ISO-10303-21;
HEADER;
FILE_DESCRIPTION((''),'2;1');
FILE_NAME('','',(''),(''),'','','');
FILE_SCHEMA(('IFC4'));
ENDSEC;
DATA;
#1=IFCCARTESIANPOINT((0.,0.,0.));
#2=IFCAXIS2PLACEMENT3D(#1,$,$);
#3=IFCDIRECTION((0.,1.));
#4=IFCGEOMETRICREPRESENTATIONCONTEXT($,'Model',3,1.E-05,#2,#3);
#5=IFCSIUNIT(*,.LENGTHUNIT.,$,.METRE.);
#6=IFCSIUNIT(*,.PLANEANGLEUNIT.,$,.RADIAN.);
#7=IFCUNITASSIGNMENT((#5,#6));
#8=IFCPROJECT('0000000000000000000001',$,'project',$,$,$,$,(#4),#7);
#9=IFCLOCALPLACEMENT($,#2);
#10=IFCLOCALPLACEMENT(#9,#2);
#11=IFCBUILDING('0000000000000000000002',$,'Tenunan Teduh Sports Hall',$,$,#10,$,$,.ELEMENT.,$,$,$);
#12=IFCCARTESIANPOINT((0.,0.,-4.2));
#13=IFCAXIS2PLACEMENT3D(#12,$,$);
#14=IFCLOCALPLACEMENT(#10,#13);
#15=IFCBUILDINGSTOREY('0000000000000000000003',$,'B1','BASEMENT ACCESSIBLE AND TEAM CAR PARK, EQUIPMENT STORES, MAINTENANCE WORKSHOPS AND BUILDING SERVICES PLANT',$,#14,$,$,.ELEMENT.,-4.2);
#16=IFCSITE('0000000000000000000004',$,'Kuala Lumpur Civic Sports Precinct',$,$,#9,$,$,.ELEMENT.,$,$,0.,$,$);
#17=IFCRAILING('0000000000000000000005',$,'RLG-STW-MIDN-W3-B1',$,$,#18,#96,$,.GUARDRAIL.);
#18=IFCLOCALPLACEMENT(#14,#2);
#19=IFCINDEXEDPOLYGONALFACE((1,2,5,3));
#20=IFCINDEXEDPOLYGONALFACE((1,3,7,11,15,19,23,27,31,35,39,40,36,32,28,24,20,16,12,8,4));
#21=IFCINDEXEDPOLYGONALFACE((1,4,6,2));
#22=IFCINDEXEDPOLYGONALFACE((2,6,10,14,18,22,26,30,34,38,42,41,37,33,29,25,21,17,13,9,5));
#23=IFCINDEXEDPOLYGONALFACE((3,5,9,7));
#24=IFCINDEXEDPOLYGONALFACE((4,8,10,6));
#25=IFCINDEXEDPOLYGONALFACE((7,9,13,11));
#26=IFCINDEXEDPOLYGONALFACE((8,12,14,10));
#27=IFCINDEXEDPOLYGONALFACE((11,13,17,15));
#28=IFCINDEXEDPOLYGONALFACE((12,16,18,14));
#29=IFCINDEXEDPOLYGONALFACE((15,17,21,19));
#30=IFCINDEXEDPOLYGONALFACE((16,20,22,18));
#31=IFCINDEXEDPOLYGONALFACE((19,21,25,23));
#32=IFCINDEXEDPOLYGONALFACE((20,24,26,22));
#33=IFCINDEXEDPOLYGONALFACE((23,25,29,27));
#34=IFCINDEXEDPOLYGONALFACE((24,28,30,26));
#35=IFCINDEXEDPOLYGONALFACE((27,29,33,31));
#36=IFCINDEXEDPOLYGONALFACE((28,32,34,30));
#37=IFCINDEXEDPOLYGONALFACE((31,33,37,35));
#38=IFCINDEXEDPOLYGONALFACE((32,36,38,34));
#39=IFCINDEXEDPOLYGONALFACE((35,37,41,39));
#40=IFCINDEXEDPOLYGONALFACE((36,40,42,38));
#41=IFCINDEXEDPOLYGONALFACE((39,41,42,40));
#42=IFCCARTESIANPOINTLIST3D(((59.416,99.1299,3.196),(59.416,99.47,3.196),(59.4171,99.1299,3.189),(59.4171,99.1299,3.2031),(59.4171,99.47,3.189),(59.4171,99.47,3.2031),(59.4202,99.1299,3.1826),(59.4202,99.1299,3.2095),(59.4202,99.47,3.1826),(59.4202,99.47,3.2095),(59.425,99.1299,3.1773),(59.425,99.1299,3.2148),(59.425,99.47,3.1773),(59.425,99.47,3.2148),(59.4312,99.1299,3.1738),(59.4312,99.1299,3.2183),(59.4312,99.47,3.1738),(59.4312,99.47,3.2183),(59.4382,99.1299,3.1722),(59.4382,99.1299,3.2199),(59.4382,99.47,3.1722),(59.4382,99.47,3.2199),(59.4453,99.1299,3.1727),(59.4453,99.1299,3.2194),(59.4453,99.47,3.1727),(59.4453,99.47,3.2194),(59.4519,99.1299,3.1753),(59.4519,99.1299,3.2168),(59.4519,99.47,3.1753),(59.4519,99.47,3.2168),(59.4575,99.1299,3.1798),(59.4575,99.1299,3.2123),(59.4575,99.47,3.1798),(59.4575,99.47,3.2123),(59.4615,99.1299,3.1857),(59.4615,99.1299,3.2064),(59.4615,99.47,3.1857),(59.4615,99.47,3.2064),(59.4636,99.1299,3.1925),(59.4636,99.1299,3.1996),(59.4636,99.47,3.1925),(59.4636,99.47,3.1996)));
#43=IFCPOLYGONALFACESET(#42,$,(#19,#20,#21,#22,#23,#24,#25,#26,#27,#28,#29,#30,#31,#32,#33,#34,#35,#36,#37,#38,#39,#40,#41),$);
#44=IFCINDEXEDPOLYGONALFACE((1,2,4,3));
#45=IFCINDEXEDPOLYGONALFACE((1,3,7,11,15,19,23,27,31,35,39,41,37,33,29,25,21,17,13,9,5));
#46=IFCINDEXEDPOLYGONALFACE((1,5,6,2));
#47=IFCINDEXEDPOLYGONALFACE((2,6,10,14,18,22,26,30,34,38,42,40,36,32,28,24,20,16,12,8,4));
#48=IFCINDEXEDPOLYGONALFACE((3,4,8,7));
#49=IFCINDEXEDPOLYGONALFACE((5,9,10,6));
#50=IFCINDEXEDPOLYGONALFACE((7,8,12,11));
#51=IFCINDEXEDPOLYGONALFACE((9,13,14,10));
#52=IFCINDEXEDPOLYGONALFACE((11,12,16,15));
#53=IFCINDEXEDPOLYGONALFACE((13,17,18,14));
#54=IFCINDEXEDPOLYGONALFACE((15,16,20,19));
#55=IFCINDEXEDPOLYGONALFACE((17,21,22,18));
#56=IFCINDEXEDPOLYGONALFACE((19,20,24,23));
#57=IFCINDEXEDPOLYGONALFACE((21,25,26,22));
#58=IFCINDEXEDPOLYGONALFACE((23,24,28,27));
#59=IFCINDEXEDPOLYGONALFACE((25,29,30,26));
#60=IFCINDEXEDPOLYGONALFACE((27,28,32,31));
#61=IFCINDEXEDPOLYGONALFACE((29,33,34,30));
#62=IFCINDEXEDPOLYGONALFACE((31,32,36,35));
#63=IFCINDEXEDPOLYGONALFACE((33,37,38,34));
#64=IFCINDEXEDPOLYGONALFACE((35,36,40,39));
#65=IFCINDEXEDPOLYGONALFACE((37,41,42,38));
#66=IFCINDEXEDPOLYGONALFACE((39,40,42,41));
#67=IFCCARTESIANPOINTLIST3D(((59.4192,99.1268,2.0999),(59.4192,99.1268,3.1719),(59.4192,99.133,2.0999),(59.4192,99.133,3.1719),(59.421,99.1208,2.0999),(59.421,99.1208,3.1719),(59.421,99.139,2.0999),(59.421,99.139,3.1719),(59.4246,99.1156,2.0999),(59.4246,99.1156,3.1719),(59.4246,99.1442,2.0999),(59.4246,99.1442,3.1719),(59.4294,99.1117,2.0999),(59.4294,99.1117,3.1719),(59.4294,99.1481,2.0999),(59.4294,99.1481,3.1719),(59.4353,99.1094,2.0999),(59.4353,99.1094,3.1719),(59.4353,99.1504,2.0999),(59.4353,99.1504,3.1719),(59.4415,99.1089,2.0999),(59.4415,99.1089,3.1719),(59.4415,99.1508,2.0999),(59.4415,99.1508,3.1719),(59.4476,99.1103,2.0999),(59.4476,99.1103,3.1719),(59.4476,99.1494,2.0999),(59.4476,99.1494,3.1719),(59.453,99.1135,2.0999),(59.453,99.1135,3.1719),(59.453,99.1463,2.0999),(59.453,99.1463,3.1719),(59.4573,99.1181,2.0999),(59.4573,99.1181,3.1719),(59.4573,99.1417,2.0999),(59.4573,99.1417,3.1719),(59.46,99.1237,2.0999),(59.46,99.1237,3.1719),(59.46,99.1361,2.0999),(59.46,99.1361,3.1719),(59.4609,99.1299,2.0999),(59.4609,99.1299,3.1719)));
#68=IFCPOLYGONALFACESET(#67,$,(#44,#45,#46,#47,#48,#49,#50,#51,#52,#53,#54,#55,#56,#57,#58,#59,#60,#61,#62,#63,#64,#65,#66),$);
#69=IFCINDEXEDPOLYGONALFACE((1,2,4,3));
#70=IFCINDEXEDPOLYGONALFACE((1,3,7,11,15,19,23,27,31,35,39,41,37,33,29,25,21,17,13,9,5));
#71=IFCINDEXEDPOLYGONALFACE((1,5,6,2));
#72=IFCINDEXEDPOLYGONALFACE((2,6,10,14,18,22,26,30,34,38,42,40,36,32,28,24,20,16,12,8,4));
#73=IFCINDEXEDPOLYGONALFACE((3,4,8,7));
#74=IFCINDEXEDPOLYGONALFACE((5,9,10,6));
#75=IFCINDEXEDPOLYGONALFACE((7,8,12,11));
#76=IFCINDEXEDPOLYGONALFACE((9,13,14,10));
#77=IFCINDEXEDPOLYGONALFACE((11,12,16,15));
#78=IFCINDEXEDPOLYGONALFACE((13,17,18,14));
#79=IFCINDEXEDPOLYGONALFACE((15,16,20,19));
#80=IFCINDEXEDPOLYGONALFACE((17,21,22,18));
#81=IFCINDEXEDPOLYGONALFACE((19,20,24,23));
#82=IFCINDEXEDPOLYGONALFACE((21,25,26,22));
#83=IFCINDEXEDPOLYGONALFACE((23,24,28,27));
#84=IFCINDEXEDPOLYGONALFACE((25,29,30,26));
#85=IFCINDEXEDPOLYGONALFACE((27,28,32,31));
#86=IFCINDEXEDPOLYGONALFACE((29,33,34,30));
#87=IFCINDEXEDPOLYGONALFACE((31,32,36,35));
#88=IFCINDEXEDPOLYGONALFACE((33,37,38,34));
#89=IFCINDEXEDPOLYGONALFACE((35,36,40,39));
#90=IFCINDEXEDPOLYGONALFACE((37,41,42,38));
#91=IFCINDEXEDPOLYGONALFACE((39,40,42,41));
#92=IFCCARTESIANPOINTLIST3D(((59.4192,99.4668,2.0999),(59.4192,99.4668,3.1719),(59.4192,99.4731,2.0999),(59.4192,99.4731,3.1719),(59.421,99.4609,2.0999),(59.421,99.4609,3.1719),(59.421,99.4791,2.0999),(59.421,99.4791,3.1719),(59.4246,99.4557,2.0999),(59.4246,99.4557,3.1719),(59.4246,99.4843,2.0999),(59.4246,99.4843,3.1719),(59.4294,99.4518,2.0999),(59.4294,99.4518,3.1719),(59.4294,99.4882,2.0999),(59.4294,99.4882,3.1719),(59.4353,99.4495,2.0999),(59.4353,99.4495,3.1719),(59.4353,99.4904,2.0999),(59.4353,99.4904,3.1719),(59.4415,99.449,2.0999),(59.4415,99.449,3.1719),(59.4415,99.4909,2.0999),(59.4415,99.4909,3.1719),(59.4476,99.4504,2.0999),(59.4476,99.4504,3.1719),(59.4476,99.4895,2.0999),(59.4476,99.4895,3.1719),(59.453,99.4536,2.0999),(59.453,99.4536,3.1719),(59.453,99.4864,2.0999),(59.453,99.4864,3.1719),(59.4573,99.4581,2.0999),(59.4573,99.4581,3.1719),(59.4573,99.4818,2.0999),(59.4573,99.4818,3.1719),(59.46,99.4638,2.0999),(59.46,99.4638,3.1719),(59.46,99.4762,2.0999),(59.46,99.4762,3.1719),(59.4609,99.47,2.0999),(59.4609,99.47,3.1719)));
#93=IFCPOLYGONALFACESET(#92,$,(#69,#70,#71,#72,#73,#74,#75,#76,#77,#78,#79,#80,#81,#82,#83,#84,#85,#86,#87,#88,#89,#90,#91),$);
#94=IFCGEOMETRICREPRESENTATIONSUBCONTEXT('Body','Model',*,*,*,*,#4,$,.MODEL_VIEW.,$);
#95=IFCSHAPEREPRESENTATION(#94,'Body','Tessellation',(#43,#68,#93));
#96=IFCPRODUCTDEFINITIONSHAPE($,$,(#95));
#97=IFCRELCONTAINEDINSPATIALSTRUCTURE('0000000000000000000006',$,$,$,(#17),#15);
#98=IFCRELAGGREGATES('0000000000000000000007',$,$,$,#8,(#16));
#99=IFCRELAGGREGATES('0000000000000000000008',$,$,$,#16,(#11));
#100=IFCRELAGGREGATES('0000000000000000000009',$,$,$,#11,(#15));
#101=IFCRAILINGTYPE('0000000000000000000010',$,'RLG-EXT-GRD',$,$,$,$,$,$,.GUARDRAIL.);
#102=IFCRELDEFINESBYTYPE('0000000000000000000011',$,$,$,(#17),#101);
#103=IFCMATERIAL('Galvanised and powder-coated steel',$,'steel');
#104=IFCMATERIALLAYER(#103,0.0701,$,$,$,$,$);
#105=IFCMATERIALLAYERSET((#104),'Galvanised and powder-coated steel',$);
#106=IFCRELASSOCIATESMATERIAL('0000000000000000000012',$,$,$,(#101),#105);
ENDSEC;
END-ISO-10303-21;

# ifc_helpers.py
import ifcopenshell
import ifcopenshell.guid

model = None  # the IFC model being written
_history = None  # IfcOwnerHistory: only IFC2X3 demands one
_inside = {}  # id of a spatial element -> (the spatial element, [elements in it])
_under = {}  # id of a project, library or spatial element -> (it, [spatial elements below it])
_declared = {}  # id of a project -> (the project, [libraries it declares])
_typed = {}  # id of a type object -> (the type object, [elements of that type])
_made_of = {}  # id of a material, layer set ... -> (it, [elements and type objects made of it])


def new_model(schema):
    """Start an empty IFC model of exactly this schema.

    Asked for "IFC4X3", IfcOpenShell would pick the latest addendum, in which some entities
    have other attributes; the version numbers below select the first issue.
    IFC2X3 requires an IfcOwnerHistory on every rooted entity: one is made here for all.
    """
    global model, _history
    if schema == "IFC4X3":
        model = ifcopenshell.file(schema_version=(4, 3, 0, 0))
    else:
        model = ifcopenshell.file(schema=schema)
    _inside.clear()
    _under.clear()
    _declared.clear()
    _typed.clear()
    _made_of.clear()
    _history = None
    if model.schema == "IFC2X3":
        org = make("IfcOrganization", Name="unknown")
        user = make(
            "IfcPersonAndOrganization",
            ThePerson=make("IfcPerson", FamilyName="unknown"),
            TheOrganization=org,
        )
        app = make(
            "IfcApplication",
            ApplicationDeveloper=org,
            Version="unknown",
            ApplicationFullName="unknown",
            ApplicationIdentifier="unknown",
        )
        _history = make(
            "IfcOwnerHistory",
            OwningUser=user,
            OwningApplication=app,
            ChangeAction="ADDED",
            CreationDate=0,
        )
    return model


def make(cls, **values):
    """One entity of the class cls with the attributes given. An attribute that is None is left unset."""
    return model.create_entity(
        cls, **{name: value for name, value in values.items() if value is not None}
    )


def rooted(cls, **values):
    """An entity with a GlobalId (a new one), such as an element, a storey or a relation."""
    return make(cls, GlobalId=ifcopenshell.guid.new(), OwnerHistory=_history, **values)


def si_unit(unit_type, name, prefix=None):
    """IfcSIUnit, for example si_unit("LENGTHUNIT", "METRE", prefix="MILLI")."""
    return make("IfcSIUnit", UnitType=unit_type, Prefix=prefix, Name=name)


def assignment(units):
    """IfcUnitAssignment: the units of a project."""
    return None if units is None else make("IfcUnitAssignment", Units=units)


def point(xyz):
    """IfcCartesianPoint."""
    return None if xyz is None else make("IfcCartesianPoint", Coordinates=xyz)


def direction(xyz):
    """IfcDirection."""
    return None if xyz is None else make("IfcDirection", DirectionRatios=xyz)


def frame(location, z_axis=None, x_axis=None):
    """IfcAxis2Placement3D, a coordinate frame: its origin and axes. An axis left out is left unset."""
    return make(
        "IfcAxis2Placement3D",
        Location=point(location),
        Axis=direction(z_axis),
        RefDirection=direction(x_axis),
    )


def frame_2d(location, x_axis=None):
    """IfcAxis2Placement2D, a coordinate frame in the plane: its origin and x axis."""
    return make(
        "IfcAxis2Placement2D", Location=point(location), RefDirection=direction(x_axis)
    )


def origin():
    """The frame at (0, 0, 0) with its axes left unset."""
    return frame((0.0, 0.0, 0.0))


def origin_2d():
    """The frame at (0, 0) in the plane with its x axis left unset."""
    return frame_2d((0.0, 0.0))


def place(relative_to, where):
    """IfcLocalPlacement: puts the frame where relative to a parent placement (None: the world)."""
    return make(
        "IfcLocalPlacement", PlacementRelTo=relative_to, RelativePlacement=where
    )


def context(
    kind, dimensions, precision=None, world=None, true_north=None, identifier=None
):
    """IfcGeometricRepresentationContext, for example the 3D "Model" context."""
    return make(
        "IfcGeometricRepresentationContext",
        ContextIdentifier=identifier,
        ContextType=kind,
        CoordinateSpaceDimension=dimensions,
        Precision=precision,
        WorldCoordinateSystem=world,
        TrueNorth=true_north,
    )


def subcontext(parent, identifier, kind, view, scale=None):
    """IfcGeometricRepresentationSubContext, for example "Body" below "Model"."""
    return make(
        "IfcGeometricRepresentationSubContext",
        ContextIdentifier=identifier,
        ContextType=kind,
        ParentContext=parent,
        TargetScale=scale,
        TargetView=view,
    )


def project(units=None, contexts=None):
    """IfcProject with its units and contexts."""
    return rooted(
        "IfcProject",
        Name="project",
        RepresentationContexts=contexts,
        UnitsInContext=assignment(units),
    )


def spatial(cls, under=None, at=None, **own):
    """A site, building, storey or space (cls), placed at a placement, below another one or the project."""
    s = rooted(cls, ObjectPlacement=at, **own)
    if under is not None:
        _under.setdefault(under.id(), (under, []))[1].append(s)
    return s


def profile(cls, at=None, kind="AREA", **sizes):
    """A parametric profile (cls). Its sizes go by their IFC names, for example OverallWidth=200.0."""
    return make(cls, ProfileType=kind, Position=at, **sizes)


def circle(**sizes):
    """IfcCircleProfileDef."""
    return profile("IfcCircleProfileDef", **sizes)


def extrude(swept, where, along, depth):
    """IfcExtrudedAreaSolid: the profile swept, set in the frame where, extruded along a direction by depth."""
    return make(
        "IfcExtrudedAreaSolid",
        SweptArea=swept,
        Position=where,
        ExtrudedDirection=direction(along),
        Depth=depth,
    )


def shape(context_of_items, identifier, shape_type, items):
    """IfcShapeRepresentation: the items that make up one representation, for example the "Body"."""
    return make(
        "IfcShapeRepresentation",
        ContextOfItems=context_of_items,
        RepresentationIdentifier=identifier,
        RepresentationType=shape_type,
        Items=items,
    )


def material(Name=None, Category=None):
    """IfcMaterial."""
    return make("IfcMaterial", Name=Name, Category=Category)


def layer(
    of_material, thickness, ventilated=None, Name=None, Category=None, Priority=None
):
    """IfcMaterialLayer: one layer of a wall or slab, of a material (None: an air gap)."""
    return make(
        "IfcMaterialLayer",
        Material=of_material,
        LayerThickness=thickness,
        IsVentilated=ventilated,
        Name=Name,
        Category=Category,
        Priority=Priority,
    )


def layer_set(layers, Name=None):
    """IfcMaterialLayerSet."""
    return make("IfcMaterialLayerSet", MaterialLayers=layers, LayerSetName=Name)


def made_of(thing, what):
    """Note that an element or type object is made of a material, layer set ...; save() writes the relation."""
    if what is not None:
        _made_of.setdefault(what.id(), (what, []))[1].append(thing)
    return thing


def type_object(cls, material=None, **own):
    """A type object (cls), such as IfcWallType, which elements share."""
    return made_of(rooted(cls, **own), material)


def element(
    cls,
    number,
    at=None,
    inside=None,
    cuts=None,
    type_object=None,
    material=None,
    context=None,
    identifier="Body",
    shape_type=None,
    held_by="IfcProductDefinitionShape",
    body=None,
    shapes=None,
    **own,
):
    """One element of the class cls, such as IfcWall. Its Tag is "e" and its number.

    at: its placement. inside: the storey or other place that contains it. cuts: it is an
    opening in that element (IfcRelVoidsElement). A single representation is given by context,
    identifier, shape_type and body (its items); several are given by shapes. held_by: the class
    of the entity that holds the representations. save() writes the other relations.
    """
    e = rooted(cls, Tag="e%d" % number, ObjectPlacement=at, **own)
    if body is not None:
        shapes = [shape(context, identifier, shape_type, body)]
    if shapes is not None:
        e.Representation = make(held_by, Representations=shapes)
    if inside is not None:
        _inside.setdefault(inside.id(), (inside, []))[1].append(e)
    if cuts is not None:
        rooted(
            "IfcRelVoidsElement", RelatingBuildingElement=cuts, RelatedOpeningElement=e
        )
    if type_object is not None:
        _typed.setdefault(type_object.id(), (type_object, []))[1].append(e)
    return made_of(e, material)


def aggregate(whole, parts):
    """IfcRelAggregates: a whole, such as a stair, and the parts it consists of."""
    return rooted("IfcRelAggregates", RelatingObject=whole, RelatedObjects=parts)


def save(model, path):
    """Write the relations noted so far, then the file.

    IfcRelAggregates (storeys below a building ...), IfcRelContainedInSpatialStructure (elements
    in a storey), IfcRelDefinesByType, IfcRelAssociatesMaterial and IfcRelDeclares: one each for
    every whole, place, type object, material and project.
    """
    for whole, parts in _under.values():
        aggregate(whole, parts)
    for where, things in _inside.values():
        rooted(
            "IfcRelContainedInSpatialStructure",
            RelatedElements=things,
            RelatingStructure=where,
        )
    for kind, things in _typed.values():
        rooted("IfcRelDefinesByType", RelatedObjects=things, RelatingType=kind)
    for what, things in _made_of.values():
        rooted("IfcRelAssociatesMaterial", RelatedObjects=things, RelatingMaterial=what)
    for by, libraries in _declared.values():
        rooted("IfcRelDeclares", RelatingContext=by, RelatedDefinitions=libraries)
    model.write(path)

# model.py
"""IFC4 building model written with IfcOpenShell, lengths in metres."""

from ifc_helpers import new_model, si_unit, direction, frame, origin, origin_2d, place, context, subcontext, project, spatial, circle, extrude, material, layer, layer_set, type_object, element, save


model = new_model("IFC4")

# Units and contexts
model_context = context("Model", 3, precision=1e-05, world=origin(), true_north=direction((0.0, 1.0)))
body_context = subcontext(model_context, "Body", "Model", "MODEL_VIEW")
ifc_project = project(units=[si_unit("LENGTHUNIT", "METRE"), si_unit("PLANEANGLEUNIT", "RADIAN")], contexts=[model_context])

# Site, building, storey
site_placement = place(None, origin())
site = spatial("IfcSite", under=ifc_project, at=site_placement, Name="Kuala Lumpur Civic Sports Precinct", CompositionType="ELEMENT", RefElevation=0.0)
building_placement = place(site_placement, origin())
building = spatial("IfcBuilding", under=site, at=building_placement, Name="Tenunan Teduh Sports Hall", CompositionType="ELEMENT")
storey_placement = place(building_placement, frame((0.0, 0.0, -4.2)))
storey = spatial("IfcBuildingStorey", under=building, at=storey_placement, Name="B1", Description="BASEMENT ACCESSIBLE AND TEAM CAR PARK, EQUIPMENT STORES, MAINTENANCE WORKSHOPS AND BUILDING SERVICES PLANT", CompositionType="ELEMENT", Elevation=-4.2)

# Railing
ifc_material_1 = material(Name="Galvanised and powder-coated steel", Category="steel")
ifc_layer_1 = layer(ifc_material_1, 0.0701)
ifc_layer_set_1 = layer_set([ifc_layer_1], Name="Galvanised and powder-coated steel")
railing_type_1 = type_object("IfcRailingType", Name="RLG-EXT-GRD", PredefinedType="GUARDRAIL", material=ifc_layer_set_1)
railing_1_placement = place(storey_placement, frame((59.4399, 99.1299, 2.0999)))
element("IfcRailing", 1, at=railing_1_placement, inside=storey, type_object=railing_type_1, Name="RLG-STW-MIDN-W3-B1", PredefinedType="GUARDRAIL", context=body_context, shape_type="SweptSolid", body=[
    extrude(circle(Radius=0.0239, at=origin_2d()), frame((0.0, 0.0, 1.0962), z_axis=(0.0, 1.0, 0.0), x_axis=(-1.0, 0.0, 0.0)), (0.0, 0.0, 1.0), 0.3401),
    extrude(circle(Radius=0.021, at=origin_2d()), origin(), (0.0, 0.0, 1.0), 1.072),
    extrude(circle(Radius=0.021, at=origin_2d()), frame((0.0, 0.3401, 0.0)), (0.0, 0.0, 1.0), 1.072),
])

save(model, "model.ifc")
